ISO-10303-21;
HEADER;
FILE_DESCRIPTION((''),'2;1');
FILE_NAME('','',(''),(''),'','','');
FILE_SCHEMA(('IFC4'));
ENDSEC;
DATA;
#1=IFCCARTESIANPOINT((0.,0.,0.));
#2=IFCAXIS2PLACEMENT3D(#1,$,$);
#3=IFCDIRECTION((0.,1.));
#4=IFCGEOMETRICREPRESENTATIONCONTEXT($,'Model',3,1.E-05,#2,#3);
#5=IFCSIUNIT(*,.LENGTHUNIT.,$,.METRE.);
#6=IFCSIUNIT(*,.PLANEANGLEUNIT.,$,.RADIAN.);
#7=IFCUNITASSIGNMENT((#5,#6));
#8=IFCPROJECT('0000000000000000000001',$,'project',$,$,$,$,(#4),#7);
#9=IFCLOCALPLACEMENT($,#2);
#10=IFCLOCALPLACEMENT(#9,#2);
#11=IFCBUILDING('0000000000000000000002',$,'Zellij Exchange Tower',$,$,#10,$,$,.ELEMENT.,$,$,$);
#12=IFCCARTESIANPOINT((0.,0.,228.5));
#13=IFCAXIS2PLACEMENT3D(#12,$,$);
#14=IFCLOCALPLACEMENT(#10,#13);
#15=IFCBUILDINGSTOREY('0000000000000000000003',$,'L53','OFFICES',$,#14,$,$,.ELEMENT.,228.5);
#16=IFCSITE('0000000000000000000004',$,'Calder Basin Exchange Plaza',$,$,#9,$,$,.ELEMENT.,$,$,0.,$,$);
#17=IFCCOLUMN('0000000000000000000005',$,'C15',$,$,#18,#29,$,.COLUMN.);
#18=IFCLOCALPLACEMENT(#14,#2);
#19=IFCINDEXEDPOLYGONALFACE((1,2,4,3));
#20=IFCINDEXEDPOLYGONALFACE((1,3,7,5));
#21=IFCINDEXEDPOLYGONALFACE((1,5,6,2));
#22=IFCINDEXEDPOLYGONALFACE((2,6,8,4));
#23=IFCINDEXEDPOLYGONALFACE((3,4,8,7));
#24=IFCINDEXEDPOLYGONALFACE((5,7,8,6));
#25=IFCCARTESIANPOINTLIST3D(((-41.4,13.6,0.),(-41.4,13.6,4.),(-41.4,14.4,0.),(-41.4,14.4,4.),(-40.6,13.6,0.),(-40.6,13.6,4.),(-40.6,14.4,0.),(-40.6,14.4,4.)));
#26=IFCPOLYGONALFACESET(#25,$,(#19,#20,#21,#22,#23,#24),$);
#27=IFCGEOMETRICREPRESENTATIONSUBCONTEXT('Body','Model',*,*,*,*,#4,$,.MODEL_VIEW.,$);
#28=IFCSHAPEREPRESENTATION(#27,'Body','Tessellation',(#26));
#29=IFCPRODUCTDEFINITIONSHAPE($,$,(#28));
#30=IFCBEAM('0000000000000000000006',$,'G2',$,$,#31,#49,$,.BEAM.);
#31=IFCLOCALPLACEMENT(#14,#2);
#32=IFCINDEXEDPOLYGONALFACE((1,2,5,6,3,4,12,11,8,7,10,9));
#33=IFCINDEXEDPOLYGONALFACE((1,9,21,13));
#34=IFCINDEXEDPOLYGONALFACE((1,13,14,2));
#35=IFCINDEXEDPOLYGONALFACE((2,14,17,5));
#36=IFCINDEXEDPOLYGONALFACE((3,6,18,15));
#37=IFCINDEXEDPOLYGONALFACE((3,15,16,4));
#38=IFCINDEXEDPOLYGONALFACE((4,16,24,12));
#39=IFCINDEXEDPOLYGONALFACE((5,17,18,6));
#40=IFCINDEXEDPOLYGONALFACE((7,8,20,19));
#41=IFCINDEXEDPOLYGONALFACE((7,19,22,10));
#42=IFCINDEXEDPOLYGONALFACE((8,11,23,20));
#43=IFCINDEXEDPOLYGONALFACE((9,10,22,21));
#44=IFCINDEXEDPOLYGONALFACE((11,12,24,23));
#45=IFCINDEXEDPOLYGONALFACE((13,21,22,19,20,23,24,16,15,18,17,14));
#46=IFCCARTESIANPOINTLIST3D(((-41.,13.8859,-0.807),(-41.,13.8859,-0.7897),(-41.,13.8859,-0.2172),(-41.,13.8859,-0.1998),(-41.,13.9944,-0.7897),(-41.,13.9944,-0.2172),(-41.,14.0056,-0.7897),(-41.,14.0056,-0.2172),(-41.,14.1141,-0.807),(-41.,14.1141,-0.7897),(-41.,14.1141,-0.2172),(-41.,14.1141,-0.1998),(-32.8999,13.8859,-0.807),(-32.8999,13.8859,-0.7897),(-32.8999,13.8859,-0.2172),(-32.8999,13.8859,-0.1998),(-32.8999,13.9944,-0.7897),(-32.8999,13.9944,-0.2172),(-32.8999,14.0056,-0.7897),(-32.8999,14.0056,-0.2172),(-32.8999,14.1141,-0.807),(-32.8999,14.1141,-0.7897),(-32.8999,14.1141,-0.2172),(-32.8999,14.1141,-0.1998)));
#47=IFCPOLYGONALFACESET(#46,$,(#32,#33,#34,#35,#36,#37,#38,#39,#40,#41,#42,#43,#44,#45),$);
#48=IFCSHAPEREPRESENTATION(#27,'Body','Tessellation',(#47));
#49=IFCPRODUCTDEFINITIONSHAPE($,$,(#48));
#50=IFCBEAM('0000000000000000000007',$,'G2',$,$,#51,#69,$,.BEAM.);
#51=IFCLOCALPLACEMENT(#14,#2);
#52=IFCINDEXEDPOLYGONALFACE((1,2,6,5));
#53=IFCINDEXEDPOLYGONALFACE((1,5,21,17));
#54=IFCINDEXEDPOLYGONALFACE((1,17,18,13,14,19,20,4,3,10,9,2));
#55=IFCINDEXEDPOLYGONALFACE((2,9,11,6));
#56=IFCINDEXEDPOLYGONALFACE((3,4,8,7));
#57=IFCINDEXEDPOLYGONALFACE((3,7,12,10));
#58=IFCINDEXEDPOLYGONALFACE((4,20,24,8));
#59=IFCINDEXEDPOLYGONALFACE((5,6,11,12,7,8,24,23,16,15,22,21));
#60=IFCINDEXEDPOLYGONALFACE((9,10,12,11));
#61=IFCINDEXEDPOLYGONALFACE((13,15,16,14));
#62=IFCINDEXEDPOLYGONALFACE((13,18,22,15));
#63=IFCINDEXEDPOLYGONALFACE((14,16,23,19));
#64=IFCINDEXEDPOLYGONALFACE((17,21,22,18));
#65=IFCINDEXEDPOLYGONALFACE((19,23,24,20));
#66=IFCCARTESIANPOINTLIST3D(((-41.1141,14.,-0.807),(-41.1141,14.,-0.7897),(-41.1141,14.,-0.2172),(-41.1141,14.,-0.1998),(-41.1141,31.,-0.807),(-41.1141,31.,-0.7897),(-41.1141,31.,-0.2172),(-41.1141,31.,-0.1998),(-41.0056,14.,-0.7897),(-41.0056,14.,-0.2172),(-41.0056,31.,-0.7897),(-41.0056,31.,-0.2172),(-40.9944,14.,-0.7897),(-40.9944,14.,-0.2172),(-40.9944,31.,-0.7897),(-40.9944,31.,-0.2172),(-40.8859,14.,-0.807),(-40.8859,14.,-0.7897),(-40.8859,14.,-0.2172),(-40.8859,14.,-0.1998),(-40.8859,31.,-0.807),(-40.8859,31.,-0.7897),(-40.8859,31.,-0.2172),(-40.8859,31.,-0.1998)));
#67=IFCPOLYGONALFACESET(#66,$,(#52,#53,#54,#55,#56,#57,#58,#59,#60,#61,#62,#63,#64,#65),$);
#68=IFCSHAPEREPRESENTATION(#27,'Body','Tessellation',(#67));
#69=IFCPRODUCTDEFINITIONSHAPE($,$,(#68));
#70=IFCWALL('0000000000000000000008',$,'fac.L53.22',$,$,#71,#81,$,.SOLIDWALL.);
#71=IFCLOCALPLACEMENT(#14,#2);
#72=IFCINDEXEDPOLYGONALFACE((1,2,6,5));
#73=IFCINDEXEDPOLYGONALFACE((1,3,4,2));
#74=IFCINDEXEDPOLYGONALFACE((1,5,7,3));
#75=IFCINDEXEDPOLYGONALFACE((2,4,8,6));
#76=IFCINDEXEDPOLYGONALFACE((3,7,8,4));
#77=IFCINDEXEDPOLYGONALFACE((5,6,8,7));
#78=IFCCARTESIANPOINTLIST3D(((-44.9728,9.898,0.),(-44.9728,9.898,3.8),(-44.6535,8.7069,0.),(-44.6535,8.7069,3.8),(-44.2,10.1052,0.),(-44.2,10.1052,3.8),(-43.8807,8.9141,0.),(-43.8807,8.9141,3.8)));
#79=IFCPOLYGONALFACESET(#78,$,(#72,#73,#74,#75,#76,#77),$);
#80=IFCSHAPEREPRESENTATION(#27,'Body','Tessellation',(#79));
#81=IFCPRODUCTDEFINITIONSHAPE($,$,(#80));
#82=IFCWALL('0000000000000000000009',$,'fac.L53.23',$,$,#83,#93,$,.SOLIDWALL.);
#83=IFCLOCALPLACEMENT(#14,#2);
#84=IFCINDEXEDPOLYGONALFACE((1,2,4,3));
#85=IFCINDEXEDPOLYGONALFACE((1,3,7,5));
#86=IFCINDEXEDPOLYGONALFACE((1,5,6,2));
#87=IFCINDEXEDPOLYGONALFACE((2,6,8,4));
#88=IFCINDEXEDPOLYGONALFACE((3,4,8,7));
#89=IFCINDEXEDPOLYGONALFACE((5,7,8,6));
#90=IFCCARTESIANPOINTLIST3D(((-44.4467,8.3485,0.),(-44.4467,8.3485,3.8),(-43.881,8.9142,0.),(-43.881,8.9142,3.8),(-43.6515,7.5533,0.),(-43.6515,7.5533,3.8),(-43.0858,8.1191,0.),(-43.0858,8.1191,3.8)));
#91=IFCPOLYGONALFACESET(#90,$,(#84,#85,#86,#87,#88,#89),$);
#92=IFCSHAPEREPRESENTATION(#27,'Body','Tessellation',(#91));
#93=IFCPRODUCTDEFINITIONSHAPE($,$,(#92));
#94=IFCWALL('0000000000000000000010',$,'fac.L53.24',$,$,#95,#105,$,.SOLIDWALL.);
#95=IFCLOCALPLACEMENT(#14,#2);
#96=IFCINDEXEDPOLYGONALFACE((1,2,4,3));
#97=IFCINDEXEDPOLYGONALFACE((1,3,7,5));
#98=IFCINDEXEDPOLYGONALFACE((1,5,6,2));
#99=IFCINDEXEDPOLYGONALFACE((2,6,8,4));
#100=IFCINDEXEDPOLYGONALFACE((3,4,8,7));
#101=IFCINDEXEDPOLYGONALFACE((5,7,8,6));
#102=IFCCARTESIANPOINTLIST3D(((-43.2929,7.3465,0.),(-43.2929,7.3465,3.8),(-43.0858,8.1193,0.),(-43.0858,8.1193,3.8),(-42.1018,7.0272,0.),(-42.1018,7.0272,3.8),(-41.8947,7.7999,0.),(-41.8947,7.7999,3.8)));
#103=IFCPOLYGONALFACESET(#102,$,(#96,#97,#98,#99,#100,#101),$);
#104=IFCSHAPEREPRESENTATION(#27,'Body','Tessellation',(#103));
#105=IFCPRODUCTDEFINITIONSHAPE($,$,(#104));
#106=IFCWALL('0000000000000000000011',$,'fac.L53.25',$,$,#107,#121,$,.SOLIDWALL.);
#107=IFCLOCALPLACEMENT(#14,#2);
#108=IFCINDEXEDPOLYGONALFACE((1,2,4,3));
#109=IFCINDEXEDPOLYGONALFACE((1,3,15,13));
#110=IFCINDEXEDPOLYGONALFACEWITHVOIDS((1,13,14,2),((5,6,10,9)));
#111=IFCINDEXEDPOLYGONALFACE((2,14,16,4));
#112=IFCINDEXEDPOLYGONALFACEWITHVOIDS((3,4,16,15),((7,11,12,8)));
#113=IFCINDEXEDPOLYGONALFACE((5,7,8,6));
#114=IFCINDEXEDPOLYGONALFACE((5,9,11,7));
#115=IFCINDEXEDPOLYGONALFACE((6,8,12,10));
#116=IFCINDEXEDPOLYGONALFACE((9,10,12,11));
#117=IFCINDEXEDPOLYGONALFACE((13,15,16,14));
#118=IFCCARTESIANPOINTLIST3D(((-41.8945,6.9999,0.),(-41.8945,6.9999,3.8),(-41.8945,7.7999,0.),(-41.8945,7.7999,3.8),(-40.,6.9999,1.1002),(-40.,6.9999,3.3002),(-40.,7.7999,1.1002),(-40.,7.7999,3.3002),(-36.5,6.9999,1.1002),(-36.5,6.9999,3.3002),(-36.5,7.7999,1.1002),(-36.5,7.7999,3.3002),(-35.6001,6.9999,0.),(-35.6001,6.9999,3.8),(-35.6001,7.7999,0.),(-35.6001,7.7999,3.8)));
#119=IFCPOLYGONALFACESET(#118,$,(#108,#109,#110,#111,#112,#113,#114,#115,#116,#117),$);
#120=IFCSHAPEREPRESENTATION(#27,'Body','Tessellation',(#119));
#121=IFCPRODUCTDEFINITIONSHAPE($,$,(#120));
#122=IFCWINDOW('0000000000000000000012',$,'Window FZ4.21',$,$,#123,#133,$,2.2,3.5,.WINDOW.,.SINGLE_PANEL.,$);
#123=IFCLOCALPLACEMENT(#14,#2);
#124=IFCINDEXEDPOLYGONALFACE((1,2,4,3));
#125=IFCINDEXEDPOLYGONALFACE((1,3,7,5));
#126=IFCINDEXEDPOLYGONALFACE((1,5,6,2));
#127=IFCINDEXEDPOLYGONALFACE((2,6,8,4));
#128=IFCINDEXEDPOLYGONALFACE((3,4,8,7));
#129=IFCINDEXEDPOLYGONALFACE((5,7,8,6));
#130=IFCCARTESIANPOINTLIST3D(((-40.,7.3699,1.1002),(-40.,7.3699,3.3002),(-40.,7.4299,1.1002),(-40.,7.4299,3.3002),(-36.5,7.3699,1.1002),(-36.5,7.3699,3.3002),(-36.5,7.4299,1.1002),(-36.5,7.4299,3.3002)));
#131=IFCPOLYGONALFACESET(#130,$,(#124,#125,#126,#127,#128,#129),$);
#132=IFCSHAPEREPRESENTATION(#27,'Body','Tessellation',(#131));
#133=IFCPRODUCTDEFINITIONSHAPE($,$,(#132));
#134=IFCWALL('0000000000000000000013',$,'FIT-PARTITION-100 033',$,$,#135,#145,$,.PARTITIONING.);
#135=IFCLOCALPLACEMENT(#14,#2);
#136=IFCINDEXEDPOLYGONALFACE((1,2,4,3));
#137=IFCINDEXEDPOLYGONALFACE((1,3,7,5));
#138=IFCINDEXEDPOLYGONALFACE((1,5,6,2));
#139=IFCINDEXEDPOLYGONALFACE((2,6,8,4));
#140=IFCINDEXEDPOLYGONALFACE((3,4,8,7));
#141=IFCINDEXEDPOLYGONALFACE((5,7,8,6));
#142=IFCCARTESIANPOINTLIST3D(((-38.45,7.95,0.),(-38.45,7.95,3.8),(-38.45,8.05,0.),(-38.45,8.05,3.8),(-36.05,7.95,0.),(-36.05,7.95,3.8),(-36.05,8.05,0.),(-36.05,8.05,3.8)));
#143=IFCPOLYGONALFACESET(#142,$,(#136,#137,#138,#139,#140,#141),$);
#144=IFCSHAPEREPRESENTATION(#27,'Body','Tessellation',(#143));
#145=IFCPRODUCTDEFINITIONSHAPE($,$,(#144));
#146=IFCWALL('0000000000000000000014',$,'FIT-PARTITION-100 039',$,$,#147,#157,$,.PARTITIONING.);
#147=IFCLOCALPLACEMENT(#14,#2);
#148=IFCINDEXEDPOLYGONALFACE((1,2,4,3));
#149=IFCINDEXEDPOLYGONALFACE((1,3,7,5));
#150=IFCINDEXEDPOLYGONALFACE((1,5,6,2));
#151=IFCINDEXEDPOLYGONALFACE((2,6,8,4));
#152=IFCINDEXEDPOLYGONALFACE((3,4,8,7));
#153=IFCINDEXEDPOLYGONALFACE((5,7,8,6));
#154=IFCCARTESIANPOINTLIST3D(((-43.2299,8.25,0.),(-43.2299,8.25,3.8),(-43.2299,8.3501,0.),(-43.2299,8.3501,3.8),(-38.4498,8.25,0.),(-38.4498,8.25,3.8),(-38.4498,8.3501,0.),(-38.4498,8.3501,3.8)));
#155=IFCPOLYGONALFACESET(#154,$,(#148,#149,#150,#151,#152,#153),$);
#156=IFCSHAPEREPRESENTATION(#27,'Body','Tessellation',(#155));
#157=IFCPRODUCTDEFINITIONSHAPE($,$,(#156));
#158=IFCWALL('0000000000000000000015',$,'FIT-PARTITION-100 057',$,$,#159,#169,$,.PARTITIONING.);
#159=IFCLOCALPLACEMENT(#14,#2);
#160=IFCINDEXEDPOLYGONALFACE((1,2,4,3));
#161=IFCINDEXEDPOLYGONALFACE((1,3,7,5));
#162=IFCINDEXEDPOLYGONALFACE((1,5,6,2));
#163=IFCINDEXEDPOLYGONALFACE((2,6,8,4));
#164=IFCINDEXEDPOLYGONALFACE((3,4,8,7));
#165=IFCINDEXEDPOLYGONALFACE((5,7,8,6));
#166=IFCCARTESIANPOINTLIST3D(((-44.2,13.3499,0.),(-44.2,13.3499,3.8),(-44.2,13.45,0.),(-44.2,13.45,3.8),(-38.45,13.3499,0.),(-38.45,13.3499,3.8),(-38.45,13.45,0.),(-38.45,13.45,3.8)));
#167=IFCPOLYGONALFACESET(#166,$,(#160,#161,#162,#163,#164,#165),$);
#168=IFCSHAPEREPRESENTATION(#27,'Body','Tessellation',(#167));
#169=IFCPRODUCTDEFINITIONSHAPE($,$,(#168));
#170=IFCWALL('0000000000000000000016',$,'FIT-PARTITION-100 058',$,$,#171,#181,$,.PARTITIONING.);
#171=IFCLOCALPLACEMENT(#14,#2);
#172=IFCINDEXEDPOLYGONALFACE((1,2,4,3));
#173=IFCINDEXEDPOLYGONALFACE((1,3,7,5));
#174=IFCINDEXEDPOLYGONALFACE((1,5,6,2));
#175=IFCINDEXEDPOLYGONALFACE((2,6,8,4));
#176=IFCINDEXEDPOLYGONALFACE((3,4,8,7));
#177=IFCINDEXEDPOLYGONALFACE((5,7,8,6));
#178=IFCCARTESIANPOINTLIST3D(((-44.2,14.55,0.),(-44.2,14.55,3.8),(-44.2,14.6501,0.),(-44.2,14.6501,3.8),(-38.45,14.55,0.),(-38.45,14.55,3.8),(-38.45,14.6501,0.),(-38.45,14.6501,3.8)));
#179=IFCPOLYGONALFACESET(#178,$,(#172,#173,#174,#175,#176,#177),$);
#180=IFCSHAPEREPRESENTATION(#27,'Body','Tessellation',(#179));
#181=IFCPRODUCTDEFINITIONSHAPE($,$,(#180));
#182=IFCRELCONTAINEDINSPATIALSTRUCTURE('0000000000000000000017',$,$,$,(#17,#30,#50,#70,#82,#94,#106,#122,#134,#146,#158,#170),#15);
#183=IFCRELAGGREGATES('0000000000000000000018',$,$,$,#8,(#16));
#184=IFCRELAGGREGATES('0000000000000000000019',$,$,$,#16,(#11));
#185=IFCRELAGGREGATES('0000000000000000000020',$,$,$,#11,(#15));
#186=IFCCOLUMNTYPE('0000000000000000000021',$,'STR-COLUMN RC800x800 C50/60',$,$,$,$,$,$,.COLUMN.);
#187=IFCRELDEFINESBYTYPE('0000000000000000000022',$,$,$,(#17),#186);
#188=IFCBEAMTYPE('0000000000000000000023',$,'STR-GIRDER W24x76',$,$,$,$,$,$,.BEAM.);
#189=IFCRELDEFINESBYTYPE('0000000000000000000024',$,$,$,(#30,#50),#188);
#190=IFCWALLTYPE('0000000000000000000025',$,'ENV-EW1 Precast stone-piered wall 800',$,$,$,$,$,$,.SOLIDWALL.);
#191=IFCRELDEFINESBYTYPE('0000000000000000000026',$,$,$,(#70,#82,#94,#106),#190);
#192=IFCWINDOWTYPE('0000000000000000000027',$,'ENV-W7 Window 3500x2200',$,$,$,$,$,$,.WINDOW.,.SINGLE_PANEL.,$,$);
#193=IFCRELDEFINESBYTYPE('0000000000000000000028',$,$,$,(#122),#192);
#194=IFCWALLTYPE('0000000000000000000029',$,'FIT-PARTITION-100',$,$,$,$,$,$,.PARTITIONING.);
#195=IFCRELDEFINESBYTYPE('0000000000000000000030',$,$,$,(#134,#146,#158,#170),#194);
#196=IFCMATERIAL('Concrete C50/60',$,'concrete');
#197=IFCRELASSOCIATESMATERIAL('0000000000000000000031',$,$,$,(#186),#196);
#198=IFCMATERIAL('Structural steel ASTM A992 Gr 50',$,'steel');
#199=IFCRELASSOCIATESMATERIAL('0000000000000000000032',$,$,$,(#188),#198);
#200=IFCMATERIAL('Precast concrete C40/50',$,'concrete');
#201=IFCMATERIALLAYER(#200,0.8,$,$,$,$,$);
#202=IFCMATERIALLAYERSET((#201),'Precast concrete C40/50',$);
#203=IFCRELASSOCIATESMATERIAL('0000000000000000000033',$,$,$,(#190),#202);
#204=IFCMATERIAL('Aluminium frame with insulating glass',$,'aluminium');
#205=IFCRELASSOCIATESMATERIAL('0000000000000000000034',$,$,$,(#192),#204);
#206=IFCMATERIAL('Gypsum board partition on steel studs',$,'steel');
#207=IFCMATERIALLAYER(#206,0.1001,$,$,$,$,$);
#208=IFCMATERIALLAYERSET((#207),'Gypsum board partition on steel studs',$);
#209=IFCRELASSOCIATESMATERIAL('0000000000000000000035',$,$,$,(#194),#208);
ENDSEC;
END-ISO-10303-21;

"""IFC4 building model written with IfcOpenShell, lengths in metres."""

from ifc_helpers import new_model, si_unit, direction, frame, frame_2d, origin, origin_2d, place, context, subcontext, project, spatial, rectangle, i_section, extrude, material, layer, layer_set, material_profile, profile_set, type_object, element, fill, save


model = new_model("IFC4")

# Units and contexts
model_context = context("Model", 3, precision=1e-05, world=origin(), true_north=direction((0.0, 1.0)))
body_context = subcontext(model_context, "Body", "Model", "MODEL_VIEW")
ifc_project = project(units=[si_unit("LENGTHUNIT", "METRE"), si_unit("PLANEANGLEUNIT", "RADIAN")], contexts=[model_context])

# Site, building, storey
site_placement = place(None, origin())
site = spatial("IfcSite", under=ifc_project, at=site_placement, Name="Calder Basin Exchange Plaza", CompositionType="ELEMENT", RefElevation=0.0)
building_placement = place(site_placement, origin())
building = spatial("IfcBuilding", under=site, at=building_placement, Name="Zellij Exchange Tower", CompositionType="ELEMENT")
storey_placement = place(building_placement, frame((0.0, 0.0, 228.5)))
storey = spatial("IfcBuildingStorey", under=building, at=storey_placement, Name="L53", Description="OFFICES", CompositionType="ELEMENT", Elevation=228.5)

# Column
ifc_material_1 = material(Name="Concrete C50/60", Category="concrete")
ifc_material_profile_1 = material_profile(ifc_material_1, rectangle(XDim=0.8, YDim=0.8, at=origin_2d()), Name="STR-COLUMN RC800x800 C50/60")
ifc_profile_set_1 = profile_set([ifc_material_profile_1], Name="Concrete C50/60")
column_type = type_object("IfcColumnType", Name="STR-COLUMN RC800x800 C50/60", PredefinedType="COLUMN", material=ifc_profile_set_1)
column_placement = place(storey_placement, frame((-41.0, 14.0, 0.0), z_axis=(0.0, 0.0, 1.0), x_axis=(1.0, 0.0, 0.0)))
element("IfcColumn", 1, at=column_placement, inside=storey, type_object=column_type, Name="C15", PredefinedType="COLUMN", context=body_context, shape_type="SweptSolid", body=[
    extrude(rectangle(XDim=0.8, YDim=0.8, at=origin_2d()), origin(), (0.0, 0.0, 1.0), 4.0),
])

# Beams
ifc_material_2 = material(Name="Structural steel ASTM A992 Gr 50", Category="steel")
ifc_material_profile_2 = material_profile(ifc_material_2, i_section(OverallWidth=0.2283, OverallDepth=0.6072, WebThickness=0.0112, FlangeThickness=0.0173, at=origin_2d()), Name="W24x76")
ifc_profile_set_2 = profile_set([ifc_material_profile_2], Name="Structural steel ASTM A992 Gr 50")
beam_type = type_object("IfcBeamType", Name="STR-GIRDER W24x76", PredefinedType="BEAM", material=ifc_profile_set_2)
beam_1_placement = place(storey_placement, frame((-41.0, 14.0, -0.5034), z_axis=(1.0, 0.0, 0.0), x_axis=(0.0, 1.0, 0.0)))
element("IfcBeam", 2, at=beam_1_placement, inside=storey, type_object=beam_type, Name="G2", PredefinedType="BEAM", context=body_context, shape_type="SweptSolid", body=[
    extrude(i_section(OverallWidth=0.2283, OverallDepth=0.6072, WebThickness=0.0112, FlangeThickness=0.0173, at=origin_2d()), origin(), (0.0, 0.0, 1.0), 8.1001),
])
beam_2_placement = place(storey_placement, frame((-41.0, 14.0, -0.5034), z_axis=(0.0, 1.0, 0.0), x_axis=(-1.0, 0.0, 0.0)))
element("IfcBeam", 3, at=beam_2_placement, inside=storey, type_object=beam_type, Name="G2", PredefinedType="BEAM", context=body_context, shape_type="SweptSolid", body=[
    extrude(i_section(OverallWidth=0.2283, OverallDepth=0.6072, WebThickness=0.0112, FlangeThickness=0.0173, at=origin_2d()), origin(), (0.0, 0.0, 1.0), 17.0),
])

# Walls
ifc_material_3 = material(Name="Precast concrete C40/50", Category="concrete")
ifc_layer_1 = layer(ifc_material_3, 0.8)
ifc_layer_set_1 = layer_set([ifc_layer_1], Name="Precast concrete C40/50")
wall_type_1 = type_object("IfcWallType", Name="ENV-EW1 Precast stone-piered wall 800", PredefinedType="SOLIDWALL", material=ifc_layer_set_1)
wall_1_placement = place(storey_placement, frame((-44.5864, 10.0017, 0.0), z_axis=(0.0, 0.0, 1.0), x_axis=(0.258944, -0.965892, 0.0)))
element("IfcWall", 4, at=wall_1_placement, inside=storey, type_object=wall_type_1, Name="fac.L53.22", PredefinedType="SOLIDWALL", context=body_context, shape_type="SweptSolid", body=[
    extrude(rectangle(XDim=1.2332, YDim=0.8, at=frame_2d((0.6167, 0.0))), origin(), (0.0, 0.0, 1.0), 3.8),
])
wall_2_placement = place(storey_placement, frame((-44.1638, 8.6313, 0.0), z_axis=(0.0, 0.0, 1.0), x_axis=(0.707107, -0.707107, 0.0)))
element("IfcWall", 5, at=wall_2_placement, inside=storey, type_object=wall_type_1, Name="fac.L53.23", PredefinedType="SOLIDWALL", context=body_context, shape_type="SweptSolid", body=[
    extrude(rectangle(XDim=1.1245, YDim=0.8, at=frame_2d((0.5623, 0.0))), origin(), (0.0, 0.0, 1.0), 3.8),
])
wall_3_placement = place(storey_placement, frame((-43.1895, 7.7329, 0.0), z_axis=(0.0, 0.0, 1.0), x_axis=(0.965892, -0.258944, 0.0)))
element("IfcWall", 6, at=wall_3_placement, inside=storey, type_object=wall_type_1, Name="fac.L53.24", PredefinedType="SOLIDWALL", context=body_context, shape_type="SweptSolid", body=[
    extrude(rectangle(XDim=1.2332, YDim=0.8, at=frame_2d((0.6167, 0.0))), origin(), (0.0, 0.0, 1.0), 3.8),
])

# Wall, opening, window
wall_4_placement = place(storey_placement, frame((-41.8945, 7.3999, 0.0), z_axis=(0.0, 0.0, 1.0), x_axis=(1.0, 0.0, 0.0)))
wall_4 = element("IfcWall", 7, at=wall_4_placement, inside=storey, type_object=wall_type_1, Name="fac.L53.25", PredefinedType="SOLIDWALL", context=body_context, shape_type="SweptSolid", body=[
    extrude(rectangle(XDim=6.2944, YDim=0.8, at=frame_2d((3.1472, 0.0))), origin(), (0.0, 0.0, 1.0), 3.8),
])
opening_placement = place(wall_4_placement, frame((1.8945, 0.0, 1.1001)))
opening = element("IfcOpeningElement", 8, at=opening_placement, cuts=wall_4, PredefinedType="OPENING", context=body_context, shape_type="SweptSolid", body=[
    extrude(rectangle(XDim=3.5, YDim=2.2, at=frame_2d((1.75, 1.1001))), frame((0.0, 0.4121, 0.0), z_axis=(0.0, -1.0, 0.0), x_axis=(1.0, 0.0, 0.0)), (0.0, 0.0, 1.0), 0.824),
])
ifc_material_4 = material(Name="Aluminium frame with insulating glass", Category="aluminium")
window_type = type_object("IfcWindowType", Name="ENV-W7 Window 3500x2200", PartitioningType="SINGLE_PANEL", PredefinedType="WINDOW", material=ifc_material_4)
window_placement = place(opening_placement, origin())
window = element("IfcWindow", 9, at=window_placement, inside=storey, type_object=window_type, Name="Window FZ4.21", OverallHeight=2.2, OverallWidth=3.5, PartitioningType="SINGLE_PANEL", PredefinedType="WINDOW", context=body_context, shape_type="SweptSolid", body=[
    extrude(rectangle(XDim=3.5, YDim=2.2, at=frame_2d((1.75, 1.1001))), frame((0.0, 0.03, 0.0), z_axis=(0.0, -1.0, 0.0), x_axis=(1.0, 0.0, 0.0)), (0.0, 0.0, 1.0), 0.0601),
])
fill(opening, window)

# Walls
ifc_material_5 = material(Name="Gypsum board partition on steel studs", Category="steel")
ifc_layer_2 = layer(ifc_material_5, 0.1001)
ifc_layer_set_2 = layer_set([ifc_layer_2], Name="Gypsum board partition on steel studs")
wall_type_2 = type_object("IfcWallType", Name="FIT-PARTITION-100", PredefinedType="PARTITIONING", material=ifc_layer_set_2)
wall_5_placement = place(storey_placement, frame((-38.45, 8.0, 0.0), z_axis=(0.0, 0.0, 1.0), x_axis=(1.0, 0.0, 0.0)))
element("IfcWall", 10, at=wall_5_placement, inside=storey, type_object=wall_type_2, Name="FIT-PARTITION-100 033", PredefinedType="PARTITIONING", context=body_context, shape_type="SweptSolid", body=[
    extrude(rectangle(XDim=2.3999, YDim=0.1001, at=frame_2d((1.2, 0.0))), origin(), (0.0, 0.0, 1.0), 3.8),
])
wall_6_placement = place(storey_placement, frame((-43.23, 8.3, 0.0), z_axis=(0.0, 0.0, 1.0), x_axis=(1.0, 0.0, 0.0)))
element("IfcWall", 11, at=wall_6_placement, inside=storey, type_object=wall_type_2, Name="FIT-PARTITION-100 039", PredefinedType="PARTITIONING", context=body_context, shape_type="SweptSolid", body=[
    extrude(rectangle(XDim=4.78, YDim=0.1001, at=frame_2d((2.3901, 0.0))), origin(), (0.0, 0.0, 1.0), 3.8),
])
for number, where, z_axis, x_axis, name in (
    (12, (-44.2, 13.3999, 0.0), (0.0, 0.0, 1.0), (1.0, 0.0, 0.0), "FIT-PARTITION-100 057"),
    (13, (-44.2, 14.6001, 0.0), (0.0, 0.0, 1.0), (1.0, 0.0, 0.0), "FIT-PARTITION-100 058"),
):
    element("IfcWall", number, at=place(storey_placement, frame(where, z_axis=z_axis, x_axis=x_axis)), inside=storey, type_object=wall_type_2, Name=name, PredefinedType="PARTITIONING", context=body_context, shape_type="SweptSolid", body=[
        extrude(rectangle(XDim=5.75, YDim=0.1001, at=frame_2d((2.875, 0.0))), origin(), (0.0, 0.0, 1.0), 3.8),
    ])

save(model, "model.ifc")
